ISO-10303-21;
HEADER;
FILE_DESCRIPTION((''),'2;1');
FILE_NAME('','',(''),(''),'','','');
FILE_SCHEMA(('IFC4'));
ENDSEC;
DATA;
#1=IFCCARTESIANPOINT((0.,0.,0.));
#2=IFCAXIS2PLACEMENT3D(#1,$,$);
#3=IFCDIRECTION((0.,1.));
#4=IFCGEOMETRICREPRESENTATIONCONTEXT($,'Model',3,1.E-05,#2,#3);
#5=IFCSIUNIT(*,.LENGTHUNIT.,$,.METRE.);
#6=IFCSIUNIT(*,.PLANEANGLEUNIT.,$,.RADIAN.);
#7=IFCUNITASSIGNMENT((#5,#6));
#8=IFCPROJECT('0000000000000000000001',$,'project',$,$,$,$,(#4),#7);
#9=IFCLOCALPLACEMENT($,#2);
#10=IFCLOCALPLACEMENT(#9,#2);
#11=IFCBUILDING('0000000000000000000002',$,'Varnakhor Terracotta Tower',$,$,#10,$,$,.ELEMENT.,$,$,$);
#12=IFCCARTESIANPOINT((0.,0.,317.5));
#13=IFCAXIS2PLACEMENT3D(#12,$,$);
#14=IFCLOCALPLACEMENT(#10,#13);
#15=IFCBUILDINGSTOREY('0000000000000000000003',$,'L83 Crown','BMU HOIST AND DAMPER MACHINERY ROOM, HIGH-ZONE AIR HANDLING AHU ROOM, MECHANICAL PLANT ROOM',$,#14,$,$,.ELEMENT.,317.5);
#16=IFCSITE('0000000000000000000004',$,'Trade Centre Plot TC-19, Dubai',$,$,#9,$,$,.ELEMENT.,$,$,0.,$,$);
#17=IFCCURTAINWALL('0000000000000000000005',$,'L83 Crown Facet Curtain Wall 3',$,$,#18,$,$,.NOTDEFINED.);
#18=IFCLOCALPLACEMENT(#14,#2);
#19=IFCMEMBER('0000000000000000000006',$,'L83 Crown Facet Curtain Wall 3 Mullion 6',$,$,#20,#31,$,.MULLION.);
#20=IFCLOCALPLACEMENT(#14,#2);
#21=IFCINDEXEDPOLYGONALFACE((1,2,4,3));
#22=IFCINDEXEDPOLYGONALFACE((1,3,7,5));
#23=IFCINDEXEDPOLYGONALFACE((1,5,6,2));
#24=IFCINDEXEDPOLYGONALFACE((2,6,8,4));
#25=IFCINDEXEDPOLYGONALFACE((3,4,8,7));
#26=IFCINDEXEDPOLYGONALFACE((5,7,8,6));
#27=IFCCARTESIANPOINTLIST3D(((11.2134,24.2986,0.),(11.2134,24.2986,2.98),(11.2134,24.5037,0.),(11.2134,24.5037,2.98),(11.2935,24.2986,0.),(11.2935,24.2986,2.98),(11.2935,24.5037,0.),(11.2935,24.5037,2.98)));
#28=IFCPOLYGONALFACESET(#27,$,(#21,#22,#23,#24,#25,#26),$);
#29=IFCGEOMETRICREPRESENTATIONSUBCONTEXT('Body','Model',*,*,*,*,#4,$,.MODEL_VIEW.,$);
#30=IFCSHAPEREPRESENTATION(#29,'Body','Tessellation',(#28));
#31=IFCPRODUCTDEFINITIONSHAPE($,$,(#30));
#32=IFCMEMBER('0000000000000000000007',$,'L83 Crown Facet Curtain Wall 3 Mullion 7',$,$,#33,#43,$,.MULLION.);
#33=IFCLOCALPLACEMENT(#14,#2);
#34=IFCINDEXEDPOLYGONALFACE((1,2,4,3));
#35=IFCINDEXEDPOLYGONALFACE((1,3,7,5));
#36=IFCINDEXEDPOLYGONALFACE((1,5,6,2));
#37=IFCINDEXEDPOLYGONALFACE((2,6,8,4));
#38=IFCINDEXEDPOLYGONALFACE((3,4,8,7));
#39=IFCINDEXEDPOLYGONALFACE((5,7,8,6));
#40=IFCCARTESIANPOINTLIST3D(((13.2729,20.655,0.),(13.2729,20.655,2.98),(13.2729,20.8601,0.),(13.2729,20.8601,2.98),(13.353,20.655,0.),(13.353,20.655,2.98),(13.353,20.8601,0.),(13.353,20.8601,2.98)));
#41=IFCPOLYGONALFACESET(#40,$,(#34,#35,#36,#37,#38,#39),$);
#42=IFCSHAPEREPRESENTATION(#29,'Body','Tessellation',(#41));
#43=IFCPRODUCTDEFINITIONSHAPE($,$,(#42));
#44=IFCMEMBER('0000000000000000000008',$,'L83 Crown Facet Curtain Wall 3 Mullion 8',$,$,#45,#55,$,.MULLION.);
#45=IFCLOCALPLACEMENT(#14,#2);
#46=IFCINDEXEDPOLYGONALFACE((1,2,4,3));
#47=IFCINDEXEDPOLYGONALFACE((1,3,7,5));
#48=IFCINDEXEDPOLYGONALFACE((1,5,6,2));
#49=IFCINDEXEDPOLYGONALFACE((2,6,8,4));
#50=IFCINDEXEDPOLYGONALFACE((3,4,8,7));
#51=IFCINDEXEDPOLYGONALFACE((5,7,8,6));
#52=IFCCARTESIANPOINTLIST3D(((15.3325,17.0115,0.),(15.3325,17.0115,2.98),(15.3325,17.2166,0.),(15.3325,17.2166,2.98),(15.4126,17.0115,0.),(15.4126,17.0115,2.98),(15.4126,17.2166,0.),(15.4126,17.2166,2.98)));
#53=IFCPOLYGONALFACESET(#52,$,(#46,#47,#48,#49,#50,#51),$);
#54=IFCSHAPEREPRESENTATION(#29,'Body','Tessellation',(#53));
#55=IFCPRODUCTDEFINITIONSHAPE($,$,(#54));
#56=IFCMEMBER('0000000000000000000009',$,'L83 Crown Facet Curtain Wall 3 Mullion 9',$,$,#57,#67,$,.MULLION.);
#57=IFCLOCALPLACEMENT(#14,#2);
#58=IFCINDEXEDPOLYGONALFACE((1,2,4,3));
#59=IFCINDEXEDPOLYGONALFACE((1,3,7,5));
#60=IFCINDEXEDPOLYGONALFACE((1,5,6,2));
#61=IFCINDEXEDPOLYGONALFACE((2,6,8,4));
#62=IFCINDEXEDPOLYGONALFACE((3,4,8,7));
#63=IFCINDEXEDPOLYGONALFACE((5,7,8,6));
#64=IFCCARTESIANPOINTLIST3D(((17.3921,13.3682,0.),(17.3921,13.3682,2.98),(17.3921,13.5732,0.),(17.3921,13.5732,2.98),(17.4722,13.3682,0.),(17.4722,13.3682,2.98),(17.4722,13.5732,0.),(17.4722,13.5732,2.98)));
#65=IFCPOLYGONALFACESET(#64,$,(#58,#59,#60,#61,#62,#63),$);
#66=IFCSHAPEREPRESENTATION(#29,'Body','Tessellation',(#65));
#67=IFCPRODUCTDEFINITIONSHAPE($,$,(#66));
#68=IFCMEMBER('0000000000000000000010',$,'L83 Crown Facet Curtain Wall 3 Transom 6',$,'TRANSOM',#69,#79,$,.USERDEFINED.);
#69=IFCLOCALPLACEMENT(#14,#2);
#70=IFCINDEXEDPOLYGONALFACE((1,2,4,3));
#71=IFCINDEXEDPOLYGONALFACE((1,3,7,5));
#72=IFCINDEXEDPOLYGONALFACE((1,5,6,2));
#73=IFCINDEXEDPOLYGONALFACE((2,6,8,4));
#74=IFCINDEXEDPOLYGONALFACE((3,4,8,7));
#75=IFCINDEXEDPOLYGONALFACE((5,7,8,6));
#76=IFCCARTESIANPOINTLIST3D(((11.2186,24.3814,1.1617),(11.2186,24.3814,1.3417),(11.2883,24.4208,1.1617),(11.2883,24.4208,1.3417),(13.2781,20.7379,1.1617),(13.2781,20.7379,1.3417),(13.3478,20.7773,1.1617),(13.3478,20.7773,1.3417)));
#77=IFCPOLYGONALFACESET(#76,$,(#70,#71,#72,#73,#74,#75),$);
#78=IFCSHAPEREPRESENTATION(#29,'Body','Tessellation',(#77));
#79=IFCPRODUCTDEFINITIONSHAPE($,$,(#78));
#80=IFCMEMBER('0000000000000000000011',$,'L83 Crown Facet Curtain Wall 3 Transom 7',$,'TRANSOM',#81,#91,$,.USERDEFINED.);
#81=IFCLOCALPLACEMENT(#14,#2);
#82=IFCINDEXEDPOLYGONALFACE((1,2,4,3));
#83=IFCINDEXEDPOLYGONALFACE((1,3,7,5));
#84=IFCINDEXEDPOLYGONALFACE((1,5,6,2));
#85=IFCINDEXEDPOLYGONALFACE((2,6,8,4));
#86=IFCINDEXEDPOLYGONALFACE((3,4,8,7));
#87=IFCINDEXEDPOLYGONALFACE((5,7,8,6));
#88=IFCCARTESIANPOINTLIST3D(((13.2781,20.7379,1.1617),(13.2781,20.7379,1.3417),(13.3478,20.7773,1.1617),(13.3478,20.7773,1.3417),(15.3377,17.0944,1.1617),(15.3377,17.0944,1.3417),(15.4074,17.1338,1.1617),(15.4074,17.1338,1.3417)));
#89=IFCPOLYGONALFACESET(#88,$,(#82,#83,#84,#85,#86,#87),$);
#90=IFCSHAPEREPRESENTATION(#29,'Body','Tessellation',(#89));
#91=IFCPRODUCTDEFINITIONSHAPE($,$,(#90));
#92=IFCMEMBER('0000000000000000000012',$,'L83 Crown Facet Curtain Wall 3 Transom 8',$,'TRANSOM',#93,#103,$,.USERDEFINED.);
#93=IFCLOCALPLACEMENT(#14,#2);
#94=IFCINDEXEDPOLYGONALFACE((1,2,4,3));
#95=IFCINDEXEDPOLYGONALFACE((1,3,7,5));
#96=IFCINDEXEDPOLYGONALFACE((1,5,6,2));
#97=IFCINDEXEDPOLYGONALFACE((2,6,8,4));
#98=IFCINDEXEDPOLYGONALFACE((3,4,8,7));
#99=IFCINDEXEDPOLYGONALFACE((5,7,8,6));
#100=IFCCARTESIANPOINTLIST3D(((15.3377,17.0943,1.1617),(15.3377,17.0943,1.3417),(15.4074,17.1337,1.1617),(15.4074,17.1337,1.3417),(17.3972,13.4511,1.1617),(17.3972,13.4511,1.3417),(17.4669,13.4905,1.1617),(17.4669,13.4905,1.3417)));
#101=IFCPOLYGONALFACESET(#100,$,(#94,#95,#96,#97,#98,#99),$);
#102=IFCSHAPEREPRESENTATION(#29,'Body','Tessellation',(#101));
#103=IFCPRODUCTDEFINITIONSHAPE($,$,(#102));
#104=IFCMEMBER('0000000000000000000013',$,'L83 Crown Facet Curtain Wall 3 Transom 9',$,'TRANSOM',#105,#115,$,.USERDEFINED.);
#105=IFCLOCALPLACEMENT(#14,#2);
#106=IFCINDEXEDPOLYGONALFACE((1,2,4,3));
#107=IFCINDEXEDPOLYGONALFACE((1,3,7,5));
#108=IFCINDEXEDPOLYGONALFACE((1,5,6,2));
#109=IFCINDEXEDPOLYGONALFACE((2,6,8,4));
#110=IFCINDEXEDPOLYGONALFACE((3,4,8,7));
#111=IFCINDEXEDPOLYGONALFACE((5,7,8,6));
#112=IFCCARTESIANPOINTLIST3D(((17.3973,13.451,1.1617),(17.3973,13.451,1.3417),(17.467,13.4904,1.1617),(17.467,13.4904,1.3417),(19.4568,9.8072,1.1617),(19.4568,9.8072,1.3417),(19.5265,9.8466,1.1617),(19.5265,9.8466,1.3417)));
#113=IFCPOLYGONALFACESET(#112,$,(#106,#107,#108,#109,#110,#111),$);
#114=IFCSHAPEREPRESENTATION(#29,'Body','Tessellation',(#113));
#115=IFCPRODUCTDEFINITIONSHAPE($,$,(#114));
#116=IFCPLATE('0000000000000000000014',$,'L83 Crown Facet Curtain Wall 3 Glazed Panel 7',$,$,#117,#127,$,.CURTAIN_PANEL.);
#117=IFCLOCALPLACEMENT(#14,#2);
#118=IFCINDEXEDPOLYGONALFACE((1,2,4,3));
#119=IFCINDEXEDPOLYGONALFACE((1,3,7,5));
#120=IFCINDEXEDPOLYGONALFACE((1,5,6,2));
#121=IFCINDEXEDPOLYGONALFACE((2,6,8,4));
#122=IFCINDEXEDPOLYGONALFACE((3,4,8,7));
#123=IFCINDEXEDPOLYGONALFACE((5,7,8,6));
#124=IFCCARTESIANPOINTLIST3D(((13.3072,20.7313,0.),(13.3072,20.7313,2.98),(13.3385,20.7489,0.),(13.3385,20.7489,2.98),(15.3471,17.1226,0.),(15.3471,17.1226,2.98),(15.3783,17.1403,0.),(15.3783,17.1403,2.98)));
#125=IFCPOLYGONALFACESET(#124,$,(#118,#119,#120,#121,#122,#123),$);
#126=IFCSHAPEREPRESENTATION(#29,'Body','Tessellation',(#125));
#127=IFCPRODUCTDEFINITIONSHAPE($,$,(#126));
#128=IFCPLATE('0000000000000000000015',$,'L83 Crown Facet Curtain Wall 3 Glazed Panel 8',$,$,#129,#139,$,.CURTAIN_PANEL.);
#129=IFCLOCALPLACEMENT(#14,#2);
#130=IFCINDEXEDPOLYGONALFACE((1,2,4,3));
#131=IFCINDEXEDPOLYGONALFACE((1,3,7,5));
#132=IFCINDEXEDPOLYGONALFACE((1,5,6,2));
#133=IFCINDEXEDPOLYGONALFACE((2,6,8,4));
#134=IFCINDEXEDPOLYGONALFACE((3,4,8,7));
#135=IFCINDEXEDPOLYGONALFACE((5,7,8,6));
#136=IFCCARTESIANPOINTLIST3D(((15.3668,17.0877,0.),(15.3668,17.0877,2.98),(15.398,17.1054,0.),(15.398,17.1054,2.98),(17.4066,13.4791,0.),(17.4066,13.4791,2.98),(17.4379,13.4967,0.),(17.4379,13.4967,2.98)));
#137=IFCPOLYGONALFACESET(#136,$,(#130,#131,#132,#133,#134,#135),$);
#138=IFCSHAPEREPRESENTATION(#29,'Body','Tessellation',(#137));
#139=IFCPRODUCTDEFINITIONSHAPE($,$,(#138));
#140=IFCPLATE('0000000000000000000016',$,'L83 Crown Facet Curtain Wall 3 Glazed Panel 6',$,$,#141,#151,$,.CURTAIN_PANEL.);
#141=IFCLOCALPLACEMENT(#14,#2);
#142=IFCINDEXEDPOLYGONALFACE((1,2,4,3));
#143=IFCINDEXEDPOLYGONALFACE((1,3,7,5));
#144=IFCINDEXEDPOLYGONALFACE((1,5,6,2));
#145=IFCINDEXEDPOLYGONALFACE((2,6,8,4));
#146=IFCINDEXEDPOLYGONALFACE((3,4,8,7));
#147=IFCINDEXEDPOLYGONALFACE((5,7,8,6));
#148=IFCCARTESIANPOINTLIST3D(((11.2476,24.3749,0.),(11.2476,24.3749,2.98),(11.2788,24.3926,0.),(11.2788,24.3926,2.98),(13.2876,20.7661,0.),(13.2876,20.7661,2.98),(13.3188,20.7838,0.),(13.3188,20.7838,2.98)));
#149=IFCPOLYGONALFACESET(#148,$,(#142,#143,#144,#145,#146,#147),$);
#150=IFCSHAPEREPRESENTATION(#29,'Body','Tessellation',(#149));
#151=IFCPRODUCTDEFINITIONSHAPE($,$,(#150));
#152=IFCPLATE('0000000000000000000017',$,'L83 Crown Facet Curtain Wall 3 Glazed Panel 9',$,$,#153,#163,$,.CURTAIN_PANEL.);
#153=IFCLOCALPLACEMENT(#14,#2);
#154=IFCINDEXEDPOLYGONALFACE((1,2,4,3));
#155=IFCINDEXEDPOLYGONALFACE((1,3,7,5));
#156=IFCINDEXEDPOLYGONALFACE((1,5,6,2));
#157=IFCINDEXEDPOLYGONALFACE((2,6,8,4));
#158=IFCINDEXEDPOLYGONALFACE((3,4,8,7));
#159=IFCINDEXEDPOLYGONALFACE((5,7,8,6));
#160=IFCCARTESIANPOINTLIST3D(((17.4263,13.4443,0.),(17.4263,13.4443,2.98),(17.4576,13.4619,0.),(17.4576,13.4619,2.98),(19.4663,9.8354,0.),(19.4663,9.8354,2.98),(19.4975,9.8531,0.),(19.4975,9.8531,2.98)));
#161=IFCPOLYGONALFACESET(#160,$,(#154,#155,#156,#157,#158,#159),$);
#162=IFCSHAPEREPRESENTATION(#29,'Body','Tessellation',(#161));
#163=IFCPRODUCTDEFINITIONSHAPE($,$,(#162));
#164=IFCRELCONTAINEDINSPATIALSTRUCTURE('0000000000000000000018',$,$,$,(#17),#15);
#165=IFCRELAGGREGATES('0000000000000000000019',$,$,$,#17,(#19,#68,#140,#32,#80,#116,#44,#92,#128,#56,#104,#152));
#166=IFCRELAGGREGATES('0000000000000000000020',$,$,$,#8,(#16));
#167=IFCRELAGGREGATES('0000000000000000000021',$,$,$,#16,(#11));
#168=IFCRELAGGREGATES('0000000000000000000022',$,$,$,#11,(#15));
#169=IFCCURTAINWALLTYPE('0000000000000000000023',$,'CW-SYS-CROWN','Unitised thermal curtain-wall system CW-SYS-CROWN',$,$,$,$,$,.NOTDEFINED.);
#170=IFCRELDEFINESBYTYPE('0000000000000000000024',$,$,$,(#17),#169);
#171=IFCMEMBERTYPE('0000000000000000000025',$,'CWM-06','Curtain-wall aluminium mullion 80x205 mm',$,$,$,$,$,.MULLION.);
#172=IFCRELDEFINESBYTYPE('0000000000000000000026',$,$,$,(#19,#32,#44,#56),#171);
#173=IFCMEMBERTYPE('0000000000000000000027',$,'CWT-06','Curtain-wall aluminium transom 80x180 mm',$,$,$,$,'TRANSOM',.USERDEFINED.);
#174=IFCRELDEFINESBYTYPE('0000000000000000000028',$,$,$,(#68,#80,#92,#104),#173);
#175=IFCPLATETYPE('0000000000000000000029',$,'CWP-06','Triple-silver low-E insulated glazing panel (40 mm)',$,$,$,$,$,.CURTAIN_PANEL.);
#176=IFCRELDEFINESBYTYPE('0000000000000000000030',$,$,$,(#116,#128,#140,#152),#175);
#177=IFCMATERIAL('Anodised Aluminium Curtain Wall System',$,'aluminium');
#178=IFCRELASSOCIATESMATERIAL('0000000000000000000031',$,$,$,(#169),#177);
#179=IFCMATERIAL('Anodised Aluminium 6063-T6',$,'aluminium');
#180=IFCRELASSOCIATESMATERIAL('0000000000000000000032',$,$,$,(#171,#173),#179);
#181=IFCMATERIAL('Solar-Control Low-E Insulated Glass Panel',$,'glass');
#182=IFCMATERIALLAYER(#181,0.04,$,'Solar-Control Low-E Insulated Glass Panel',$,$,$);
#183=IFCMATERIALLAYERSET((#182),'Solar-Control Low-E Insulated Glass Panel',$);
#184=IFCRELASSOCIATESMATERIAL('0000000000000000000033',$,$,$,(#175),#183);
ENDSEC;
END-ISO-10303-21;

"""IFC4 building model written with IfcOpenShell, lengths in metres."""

from ifc_helpers import new_model, si_unit, direction, frame, origin, origin_2d, place, context, subcontext, project, spatial, rectangle, extrude, source, transform, mapped, material, layer, layer_set, material_profile, profile_set, type_object, type_shapes, element, aggregate, save


model = new_model("IFC4")

# Units and contexts
model_context = context("Model", 3, precision=1e-05, world=origin(), true_north=direction((0.0, 1.0)))
body_context = subcontext(model_context, "Body", "Model", "MODEL_VIEW")
ifc_project = project(units=[si_unit("LENGTHUNIT", "METRE"), si_unit("PLANEANGLEUNIT", "RADIAN")], contexts=[model_context])

# Site, building, storey
site_placement = place(None, origin())
site = spatial("IfcSite", under=ifc_project, at=site_placement, Name="Trade Centre Plot TC-19, Dubai", CompositionType="ELEMENT", RefElevation=0.0)
building_placement = place(site_placement, origin())
building = spatial("IfcBuilding", under=site, at=building_placement, Name="Varnakhor Terracotta Tower", CompositionType="ELEMENT")
storey_placement = place(building_placement, frame((0.0, 0.0, 317.5)))
storey = spatial("IfcBuildingStorey", under=building, at=storey_placement, Name="L83 Crown", Description="BMU HOIST AND DAMPER MACHINERY ROOM, HIGH-ZONE AIR HANDLING AHU ROOM, MECHANICAL PLANT ROOM", CompositionType="ELEMENT", Elevation=317.5)

# Curtain wall, members, plates
ifc_material_1 = material(Name="Anodised Aluminium Curtain Wall System", Category="aluminium")
curtain_wall_type = type_object("IfcCurtainWallType", Name="CW-SYS-CROWN", Description="Unitised thermal curtain-wall system CW-SYS-CROWN", PredefinedType="NOTDEFINED", material=ifc_material_1)
curtain_wall_placement = place(storey_placement, origin())
curtain_wall = element("IfcCurtainWall", 1, at=curtain_wall_placement, inside=storey, type_object=curtain_wall_type, Name="L83 Crown Facet Curtain Wall 3", PredefinedType="NOTDEFINED")
ifc_material_2 = material(Name="Anodised Aluminium 6063-T6", Category="aluminium")
ifc_material_profile_1 = material_profile(ifc_material_2, rectangle(XDim=0.0801, YDim=0.2051, at=origin_2d()), Name="ALU MULLION 80x205")
ifc_profile_set_1 = profile_set([ifc_material_profile_1], Name="Anodised Aluminium 6063-T6")
member_type_1 = type_object("IfcMemberType", Name="CWM-06", Description="Curtain-wall aluminium mullion 80x205 mm", PredefinedType="MULLION", material=ifc_profile_set_1)
shared_shape_1 = source(origin(), body_context, "Body", "SweptSolid", [
    extrude(rectangle(XDim=0.0801, YDim=0.2051, at=origin_2d()), origin(), (0.0, 0.0, 1.0), 2.98),
])
type_shapes(member_type_1, [shared_shape_1])
member_1_placement = place(storey_placement, frame((11.2534, 24.4011, 0.0), z_axis=(0.0, 0.0, 1.0), x_axis=(1.0, 0.0, 0.0)))
member_1 = element("IfcMember", 2, at=member_1_placement, type_object=member_type_1, Name="L83 Crown Facet Curtain Wall 3 Mullion 6", PredefinedType="MULLION", context=body_context, shape_type="MappedRepresentation", body=[
    mapped(shared_shape_1, transform((0.0, 0.0, 0.0), scale=1.0)),
])
member_2_placement = place(storey_placement, frame((13.313, 20.7576, 0.0), z_axis=(0.0, 0.0, 1.0), x_axis=(1.0, 0.0, 0.0)))
member_2 = element("IfcMember", 3, at=member_2_placement, type_object=member_type_1, Name="L83 Crown Facet Curtain Wall 3 Mullion 7", PredefinedType="MULLION", context=body_context, shape_type="MappedRepresentation", body=[
    mapped(shared_shape_1, transform((0.0, 0.0, 0.0), scale=1.0)),
])
member_3_placement = place(storey_placement, frame((15.3726, 17.114, 0.0), z_axis=(0.0, 0.0, 1.0), x_axis=(1.0, 0.0, 0.0)))
member_3 = element("IfcMember", 4, at=member_3_placement, type_object=member_type_1, Name="L83 Crown Facet Curtain Wall 3 Mullion 8", PredefinedType="MULLION", context=body_context, shape_type="MappedRepresentation", body=[
    mapped(shared_shape_1, transform((0.0, 0.0, 0.0), scale=1.0)),
])
member_4_placement = place(storey_placement, frame((17.4321, 13.4707, 0.0), z_axis=(0.0, 0.0, 1.0), x_axis=(1.0, 0.0, 0.0)))
member_4 = element("IfcMember", 5, at=member_4_placement, type_object=member_type_1, Name="L83 Crown Facet Curtain Wall 3 Mullion 9", PredefinedType="MULLION", context=body_context, shape_type="MappedRepresentation", body=[
    mapped(shared_shape_1, transform((0.0, 0.0, 0.0), scale=1.0)),
])
ifc_material_profile_2 = material_profile(ifc_material_2, rectangle(XDim=0.0801, YDim=0.1799, at=origin_2d()), Name="ALU TRANSOM 80x180")
ifc_profile_set_2 = profile_set([ifc_material_profile_2], Name="Anodised Aluminium 6063-T6")
member_type_2 = type_object("IfcMemberType", Name="CWT-06", Description="Curtain-wall aluminium transom 80x180 mm", ElementType="TRANSOM", PredefinedType="USERDEFINED", material=ifc_profile_set_2)
shared_shape_2 = source(origin(), body_context, "Body", "SweptSolid", [
    extrude(rectangle(XDim=0.0801, YDim=0.1799, at=origin_2d()), origin(), (0.0, 0.0, 1.0), 4.1853),
])
member_5_placement = place(storey_placement, frame((11.2534, 24.4011, 1.2517), z_axis=(0.492088, -0.870545, 0.0), x_axis=(0.870545, 0.492088, 0.0)))
member_5 = element("IfcMember", 6, at=member_5_placement, type_object=member_type_2, Name="L83 Crown Facet Curtain Wall 3 Transom 6", ObjectType="TRANSOM", PredefinedType="USERDEFINED", context=body_context, shape_type="MappedRepresentation", body=[
    mapped(shared_shape_2, transform((0.0, 0.0, 0.0), scale=1.0)),
])
member_6_placement = place(storey_placement, frame((13.313, 20.7576, 1.2517), z_axis=(0.492088, -0.870545, 0.0), x_axis=(0.870545, 0.492088, 0.0)))
member_6 = element("IfcMember", 7, at=member_6_placement, type_object=member_type_2, Name="L83 Crown Facet Curtain Wall 3 Transom 7", ObjectType="TRANSOM", PredefinedType="USERDEFINED", context=body_context, shape_type="MappedRepresentation", body=[
    mapped(shared_shape_2, transform((0.0, 0.0, 0.0), scale=1.0)),
])
shared_shape_3 = source(origin(), body_context, "Body", "SweptSolid", [
    extrude(rectangle(XDim=0.0801, YDim=0.1799, at=origin_2d()), origin(), (0.0, 0.0, 1.0), 4.1851),
])
member_7_placement = place(storey_placement, frame((15.3726, 17.114, 1.2517), z_axis=(0.492113, -0.870531, 0.0), x_axis=(0.870531, 0.492113, 0.0)))
member_7 = element("IfcMember", 8, at=member_7_placement, type_object=member_type_2, Name="L83 Crown Facet Curtain Wall 3 Transom 8", ObjectType="TRANSOM", PredefinedType="USERDEFINED", context=body_context, shape_type="MappedRepresentation", body=[
    mapped(shared_shape_3, transform((0.0, 0.0, 0.0), scale=1.0)),
])
shared_shape_4 = source(origin(), body_context, "Body", "SweptSolid", [
    extrude(rectangle(XDim=0.0801, YDim=0.1799, at=origin_2d()), origin(), (0.0, 0.0, 1.0), 4.1855),
])
member_8_placement = place(storey_placement, frame((17.4321, 13.4707, 1.2517), z_axis=(0.492063, -0.87056, 0.0), x_axis=(0.87056, 0.492063, 0.0)))
member_8 = element("IfcMember", 9, at=member_8_placement, type_object=member_type_2, Name="L83 Crown Facet Curtain Wall 3 Transom 9", ObjectType="TRANSOM", PredefinedType="USERDEFINED", context=body_context, shape_type="MappedRepresentation", body=[
    mapped(shared_shape_4, transform((0.0, 0.0, 0.0), scale=1.0)),
])
ifc_material_3 = material(Name="Solar-Control Low-E Insulated Glass Panel", Category="glass")
ifc_layer_1 = layer(ifc_material_3, 0.04, Name="Solar-Control Low-E Insulated Glass Panel")
ifc_layer_set_1 = layer_set([ifc_layer_1], Name="Solar-Control Low-E Insulated Glass Panel")
plate_type = type_object("IfcPlateType", Name="CWP-06", Description="Triple-silver low-E insulated glazing panel (40 mm)", PredefinedType="CURTAIN_PANEL", material=ifc_layer_set_1)
shared_shape_5 = source(origin(), body_context, "Body", "SweptSolid", [
    extrude(rectangle(XDim=4.1453, YDim=0.0359, at=origin_2d()), origin(), (0.0, 0.0, 1.0), 2.98),
])
plate_1_placement = place(storey_placement, frame((14.3428, 18.9358, 0.0), z_axis=(0.0, 0.0, 1.0), x_axis=(0.492089, -0.870545, 0.0)))
plate_1 = element("IfcPlate", 10, at=plate_1_placement, type_object=plate_type, Name="L83 Crown Facet Curtain Wall 3 Glazed Panel 7", PredefinedType="CURTAIN_PANEL", context=body_context, shape_type="MappedRepresentation", body=[
    mapped(shared_shape_5, transform((0.0, 0.0, 0.0), scale=1.0)),
])
plate_2_placement = place(storey_placement, frame((16.4023, 15.2922, 0.0), z_axis=(0.0, 0.0, 1.0), x_axis=(0.492089, -0.870545, 0.0)))
plate_2 = element("IfcPlate", 11, at=plate_2_placement, type_object=plate_type, Name="L83 Crown Facet Curtain Wall 3 Glazed Panel 8", PredefinedType="CURTAIN_PANEL", context=body_context, shape_type="MappedRepresentation", body=[
    mapped(shared_shape_5, transform((0.0, 0.0, 0.0), scale=1.0)),
])
shared_shape_6 = source(origin(), body_context, "Body", "SweptSolid", [
    extrude(rectangle(XDim=4.1455, YDim=0.0359, at=origin_2d()), origin(), (0.0, 0.0, 1.0), 2.98),
])
plate_3_placement = place(storey_placement, frame((12.2832, 22.5793, 0.0), z_axis=(0.0, 0.0, 1.0), x_axis=(0.492089, -0.870545, 0.0)))
plate_3 = element("IfcPlate", 12, at=plate_3_placement, type_object=plate_type, Name="L83 Crown Facet Curtain Wall 3 Glazed Panel 6", PredefinedType="CURTAIN_PANEL", context=body_context, shape_type="MappedRepresentation", body=[
    mapped(shared_shape_6, transform((0.0, 0.0, 0.0), scale=1.0)),
])
plate_4_placement = place(storey_placement, frame((18.4619, 11.6487, 0.0), z_axis=(0.0, 0.0, 1.0), x_axis=(0.492089, -0.870545, 0.0)))
plate_4 = element("IfcPlate", 13, at=plate_4_placement, type_object=plate_type, Name="L83 Crown Facet Curtain Wall 3 Glazed Panel 9", PredefinedType="CURTAIN_PANEL", context=body_context, shape_type="MappedRepresentation", body=[
    mapped(shared_shape_6, transform((0.0, 0.0, 0.0), scale=1.0)),
])
aggregate(curtain_wall, [member_1, member_5, plate_3, member_2, member_6, plate_1, member_3, member_7, plate_2, member_4, member_8, plate_4])

save(model, "model.ifc")
